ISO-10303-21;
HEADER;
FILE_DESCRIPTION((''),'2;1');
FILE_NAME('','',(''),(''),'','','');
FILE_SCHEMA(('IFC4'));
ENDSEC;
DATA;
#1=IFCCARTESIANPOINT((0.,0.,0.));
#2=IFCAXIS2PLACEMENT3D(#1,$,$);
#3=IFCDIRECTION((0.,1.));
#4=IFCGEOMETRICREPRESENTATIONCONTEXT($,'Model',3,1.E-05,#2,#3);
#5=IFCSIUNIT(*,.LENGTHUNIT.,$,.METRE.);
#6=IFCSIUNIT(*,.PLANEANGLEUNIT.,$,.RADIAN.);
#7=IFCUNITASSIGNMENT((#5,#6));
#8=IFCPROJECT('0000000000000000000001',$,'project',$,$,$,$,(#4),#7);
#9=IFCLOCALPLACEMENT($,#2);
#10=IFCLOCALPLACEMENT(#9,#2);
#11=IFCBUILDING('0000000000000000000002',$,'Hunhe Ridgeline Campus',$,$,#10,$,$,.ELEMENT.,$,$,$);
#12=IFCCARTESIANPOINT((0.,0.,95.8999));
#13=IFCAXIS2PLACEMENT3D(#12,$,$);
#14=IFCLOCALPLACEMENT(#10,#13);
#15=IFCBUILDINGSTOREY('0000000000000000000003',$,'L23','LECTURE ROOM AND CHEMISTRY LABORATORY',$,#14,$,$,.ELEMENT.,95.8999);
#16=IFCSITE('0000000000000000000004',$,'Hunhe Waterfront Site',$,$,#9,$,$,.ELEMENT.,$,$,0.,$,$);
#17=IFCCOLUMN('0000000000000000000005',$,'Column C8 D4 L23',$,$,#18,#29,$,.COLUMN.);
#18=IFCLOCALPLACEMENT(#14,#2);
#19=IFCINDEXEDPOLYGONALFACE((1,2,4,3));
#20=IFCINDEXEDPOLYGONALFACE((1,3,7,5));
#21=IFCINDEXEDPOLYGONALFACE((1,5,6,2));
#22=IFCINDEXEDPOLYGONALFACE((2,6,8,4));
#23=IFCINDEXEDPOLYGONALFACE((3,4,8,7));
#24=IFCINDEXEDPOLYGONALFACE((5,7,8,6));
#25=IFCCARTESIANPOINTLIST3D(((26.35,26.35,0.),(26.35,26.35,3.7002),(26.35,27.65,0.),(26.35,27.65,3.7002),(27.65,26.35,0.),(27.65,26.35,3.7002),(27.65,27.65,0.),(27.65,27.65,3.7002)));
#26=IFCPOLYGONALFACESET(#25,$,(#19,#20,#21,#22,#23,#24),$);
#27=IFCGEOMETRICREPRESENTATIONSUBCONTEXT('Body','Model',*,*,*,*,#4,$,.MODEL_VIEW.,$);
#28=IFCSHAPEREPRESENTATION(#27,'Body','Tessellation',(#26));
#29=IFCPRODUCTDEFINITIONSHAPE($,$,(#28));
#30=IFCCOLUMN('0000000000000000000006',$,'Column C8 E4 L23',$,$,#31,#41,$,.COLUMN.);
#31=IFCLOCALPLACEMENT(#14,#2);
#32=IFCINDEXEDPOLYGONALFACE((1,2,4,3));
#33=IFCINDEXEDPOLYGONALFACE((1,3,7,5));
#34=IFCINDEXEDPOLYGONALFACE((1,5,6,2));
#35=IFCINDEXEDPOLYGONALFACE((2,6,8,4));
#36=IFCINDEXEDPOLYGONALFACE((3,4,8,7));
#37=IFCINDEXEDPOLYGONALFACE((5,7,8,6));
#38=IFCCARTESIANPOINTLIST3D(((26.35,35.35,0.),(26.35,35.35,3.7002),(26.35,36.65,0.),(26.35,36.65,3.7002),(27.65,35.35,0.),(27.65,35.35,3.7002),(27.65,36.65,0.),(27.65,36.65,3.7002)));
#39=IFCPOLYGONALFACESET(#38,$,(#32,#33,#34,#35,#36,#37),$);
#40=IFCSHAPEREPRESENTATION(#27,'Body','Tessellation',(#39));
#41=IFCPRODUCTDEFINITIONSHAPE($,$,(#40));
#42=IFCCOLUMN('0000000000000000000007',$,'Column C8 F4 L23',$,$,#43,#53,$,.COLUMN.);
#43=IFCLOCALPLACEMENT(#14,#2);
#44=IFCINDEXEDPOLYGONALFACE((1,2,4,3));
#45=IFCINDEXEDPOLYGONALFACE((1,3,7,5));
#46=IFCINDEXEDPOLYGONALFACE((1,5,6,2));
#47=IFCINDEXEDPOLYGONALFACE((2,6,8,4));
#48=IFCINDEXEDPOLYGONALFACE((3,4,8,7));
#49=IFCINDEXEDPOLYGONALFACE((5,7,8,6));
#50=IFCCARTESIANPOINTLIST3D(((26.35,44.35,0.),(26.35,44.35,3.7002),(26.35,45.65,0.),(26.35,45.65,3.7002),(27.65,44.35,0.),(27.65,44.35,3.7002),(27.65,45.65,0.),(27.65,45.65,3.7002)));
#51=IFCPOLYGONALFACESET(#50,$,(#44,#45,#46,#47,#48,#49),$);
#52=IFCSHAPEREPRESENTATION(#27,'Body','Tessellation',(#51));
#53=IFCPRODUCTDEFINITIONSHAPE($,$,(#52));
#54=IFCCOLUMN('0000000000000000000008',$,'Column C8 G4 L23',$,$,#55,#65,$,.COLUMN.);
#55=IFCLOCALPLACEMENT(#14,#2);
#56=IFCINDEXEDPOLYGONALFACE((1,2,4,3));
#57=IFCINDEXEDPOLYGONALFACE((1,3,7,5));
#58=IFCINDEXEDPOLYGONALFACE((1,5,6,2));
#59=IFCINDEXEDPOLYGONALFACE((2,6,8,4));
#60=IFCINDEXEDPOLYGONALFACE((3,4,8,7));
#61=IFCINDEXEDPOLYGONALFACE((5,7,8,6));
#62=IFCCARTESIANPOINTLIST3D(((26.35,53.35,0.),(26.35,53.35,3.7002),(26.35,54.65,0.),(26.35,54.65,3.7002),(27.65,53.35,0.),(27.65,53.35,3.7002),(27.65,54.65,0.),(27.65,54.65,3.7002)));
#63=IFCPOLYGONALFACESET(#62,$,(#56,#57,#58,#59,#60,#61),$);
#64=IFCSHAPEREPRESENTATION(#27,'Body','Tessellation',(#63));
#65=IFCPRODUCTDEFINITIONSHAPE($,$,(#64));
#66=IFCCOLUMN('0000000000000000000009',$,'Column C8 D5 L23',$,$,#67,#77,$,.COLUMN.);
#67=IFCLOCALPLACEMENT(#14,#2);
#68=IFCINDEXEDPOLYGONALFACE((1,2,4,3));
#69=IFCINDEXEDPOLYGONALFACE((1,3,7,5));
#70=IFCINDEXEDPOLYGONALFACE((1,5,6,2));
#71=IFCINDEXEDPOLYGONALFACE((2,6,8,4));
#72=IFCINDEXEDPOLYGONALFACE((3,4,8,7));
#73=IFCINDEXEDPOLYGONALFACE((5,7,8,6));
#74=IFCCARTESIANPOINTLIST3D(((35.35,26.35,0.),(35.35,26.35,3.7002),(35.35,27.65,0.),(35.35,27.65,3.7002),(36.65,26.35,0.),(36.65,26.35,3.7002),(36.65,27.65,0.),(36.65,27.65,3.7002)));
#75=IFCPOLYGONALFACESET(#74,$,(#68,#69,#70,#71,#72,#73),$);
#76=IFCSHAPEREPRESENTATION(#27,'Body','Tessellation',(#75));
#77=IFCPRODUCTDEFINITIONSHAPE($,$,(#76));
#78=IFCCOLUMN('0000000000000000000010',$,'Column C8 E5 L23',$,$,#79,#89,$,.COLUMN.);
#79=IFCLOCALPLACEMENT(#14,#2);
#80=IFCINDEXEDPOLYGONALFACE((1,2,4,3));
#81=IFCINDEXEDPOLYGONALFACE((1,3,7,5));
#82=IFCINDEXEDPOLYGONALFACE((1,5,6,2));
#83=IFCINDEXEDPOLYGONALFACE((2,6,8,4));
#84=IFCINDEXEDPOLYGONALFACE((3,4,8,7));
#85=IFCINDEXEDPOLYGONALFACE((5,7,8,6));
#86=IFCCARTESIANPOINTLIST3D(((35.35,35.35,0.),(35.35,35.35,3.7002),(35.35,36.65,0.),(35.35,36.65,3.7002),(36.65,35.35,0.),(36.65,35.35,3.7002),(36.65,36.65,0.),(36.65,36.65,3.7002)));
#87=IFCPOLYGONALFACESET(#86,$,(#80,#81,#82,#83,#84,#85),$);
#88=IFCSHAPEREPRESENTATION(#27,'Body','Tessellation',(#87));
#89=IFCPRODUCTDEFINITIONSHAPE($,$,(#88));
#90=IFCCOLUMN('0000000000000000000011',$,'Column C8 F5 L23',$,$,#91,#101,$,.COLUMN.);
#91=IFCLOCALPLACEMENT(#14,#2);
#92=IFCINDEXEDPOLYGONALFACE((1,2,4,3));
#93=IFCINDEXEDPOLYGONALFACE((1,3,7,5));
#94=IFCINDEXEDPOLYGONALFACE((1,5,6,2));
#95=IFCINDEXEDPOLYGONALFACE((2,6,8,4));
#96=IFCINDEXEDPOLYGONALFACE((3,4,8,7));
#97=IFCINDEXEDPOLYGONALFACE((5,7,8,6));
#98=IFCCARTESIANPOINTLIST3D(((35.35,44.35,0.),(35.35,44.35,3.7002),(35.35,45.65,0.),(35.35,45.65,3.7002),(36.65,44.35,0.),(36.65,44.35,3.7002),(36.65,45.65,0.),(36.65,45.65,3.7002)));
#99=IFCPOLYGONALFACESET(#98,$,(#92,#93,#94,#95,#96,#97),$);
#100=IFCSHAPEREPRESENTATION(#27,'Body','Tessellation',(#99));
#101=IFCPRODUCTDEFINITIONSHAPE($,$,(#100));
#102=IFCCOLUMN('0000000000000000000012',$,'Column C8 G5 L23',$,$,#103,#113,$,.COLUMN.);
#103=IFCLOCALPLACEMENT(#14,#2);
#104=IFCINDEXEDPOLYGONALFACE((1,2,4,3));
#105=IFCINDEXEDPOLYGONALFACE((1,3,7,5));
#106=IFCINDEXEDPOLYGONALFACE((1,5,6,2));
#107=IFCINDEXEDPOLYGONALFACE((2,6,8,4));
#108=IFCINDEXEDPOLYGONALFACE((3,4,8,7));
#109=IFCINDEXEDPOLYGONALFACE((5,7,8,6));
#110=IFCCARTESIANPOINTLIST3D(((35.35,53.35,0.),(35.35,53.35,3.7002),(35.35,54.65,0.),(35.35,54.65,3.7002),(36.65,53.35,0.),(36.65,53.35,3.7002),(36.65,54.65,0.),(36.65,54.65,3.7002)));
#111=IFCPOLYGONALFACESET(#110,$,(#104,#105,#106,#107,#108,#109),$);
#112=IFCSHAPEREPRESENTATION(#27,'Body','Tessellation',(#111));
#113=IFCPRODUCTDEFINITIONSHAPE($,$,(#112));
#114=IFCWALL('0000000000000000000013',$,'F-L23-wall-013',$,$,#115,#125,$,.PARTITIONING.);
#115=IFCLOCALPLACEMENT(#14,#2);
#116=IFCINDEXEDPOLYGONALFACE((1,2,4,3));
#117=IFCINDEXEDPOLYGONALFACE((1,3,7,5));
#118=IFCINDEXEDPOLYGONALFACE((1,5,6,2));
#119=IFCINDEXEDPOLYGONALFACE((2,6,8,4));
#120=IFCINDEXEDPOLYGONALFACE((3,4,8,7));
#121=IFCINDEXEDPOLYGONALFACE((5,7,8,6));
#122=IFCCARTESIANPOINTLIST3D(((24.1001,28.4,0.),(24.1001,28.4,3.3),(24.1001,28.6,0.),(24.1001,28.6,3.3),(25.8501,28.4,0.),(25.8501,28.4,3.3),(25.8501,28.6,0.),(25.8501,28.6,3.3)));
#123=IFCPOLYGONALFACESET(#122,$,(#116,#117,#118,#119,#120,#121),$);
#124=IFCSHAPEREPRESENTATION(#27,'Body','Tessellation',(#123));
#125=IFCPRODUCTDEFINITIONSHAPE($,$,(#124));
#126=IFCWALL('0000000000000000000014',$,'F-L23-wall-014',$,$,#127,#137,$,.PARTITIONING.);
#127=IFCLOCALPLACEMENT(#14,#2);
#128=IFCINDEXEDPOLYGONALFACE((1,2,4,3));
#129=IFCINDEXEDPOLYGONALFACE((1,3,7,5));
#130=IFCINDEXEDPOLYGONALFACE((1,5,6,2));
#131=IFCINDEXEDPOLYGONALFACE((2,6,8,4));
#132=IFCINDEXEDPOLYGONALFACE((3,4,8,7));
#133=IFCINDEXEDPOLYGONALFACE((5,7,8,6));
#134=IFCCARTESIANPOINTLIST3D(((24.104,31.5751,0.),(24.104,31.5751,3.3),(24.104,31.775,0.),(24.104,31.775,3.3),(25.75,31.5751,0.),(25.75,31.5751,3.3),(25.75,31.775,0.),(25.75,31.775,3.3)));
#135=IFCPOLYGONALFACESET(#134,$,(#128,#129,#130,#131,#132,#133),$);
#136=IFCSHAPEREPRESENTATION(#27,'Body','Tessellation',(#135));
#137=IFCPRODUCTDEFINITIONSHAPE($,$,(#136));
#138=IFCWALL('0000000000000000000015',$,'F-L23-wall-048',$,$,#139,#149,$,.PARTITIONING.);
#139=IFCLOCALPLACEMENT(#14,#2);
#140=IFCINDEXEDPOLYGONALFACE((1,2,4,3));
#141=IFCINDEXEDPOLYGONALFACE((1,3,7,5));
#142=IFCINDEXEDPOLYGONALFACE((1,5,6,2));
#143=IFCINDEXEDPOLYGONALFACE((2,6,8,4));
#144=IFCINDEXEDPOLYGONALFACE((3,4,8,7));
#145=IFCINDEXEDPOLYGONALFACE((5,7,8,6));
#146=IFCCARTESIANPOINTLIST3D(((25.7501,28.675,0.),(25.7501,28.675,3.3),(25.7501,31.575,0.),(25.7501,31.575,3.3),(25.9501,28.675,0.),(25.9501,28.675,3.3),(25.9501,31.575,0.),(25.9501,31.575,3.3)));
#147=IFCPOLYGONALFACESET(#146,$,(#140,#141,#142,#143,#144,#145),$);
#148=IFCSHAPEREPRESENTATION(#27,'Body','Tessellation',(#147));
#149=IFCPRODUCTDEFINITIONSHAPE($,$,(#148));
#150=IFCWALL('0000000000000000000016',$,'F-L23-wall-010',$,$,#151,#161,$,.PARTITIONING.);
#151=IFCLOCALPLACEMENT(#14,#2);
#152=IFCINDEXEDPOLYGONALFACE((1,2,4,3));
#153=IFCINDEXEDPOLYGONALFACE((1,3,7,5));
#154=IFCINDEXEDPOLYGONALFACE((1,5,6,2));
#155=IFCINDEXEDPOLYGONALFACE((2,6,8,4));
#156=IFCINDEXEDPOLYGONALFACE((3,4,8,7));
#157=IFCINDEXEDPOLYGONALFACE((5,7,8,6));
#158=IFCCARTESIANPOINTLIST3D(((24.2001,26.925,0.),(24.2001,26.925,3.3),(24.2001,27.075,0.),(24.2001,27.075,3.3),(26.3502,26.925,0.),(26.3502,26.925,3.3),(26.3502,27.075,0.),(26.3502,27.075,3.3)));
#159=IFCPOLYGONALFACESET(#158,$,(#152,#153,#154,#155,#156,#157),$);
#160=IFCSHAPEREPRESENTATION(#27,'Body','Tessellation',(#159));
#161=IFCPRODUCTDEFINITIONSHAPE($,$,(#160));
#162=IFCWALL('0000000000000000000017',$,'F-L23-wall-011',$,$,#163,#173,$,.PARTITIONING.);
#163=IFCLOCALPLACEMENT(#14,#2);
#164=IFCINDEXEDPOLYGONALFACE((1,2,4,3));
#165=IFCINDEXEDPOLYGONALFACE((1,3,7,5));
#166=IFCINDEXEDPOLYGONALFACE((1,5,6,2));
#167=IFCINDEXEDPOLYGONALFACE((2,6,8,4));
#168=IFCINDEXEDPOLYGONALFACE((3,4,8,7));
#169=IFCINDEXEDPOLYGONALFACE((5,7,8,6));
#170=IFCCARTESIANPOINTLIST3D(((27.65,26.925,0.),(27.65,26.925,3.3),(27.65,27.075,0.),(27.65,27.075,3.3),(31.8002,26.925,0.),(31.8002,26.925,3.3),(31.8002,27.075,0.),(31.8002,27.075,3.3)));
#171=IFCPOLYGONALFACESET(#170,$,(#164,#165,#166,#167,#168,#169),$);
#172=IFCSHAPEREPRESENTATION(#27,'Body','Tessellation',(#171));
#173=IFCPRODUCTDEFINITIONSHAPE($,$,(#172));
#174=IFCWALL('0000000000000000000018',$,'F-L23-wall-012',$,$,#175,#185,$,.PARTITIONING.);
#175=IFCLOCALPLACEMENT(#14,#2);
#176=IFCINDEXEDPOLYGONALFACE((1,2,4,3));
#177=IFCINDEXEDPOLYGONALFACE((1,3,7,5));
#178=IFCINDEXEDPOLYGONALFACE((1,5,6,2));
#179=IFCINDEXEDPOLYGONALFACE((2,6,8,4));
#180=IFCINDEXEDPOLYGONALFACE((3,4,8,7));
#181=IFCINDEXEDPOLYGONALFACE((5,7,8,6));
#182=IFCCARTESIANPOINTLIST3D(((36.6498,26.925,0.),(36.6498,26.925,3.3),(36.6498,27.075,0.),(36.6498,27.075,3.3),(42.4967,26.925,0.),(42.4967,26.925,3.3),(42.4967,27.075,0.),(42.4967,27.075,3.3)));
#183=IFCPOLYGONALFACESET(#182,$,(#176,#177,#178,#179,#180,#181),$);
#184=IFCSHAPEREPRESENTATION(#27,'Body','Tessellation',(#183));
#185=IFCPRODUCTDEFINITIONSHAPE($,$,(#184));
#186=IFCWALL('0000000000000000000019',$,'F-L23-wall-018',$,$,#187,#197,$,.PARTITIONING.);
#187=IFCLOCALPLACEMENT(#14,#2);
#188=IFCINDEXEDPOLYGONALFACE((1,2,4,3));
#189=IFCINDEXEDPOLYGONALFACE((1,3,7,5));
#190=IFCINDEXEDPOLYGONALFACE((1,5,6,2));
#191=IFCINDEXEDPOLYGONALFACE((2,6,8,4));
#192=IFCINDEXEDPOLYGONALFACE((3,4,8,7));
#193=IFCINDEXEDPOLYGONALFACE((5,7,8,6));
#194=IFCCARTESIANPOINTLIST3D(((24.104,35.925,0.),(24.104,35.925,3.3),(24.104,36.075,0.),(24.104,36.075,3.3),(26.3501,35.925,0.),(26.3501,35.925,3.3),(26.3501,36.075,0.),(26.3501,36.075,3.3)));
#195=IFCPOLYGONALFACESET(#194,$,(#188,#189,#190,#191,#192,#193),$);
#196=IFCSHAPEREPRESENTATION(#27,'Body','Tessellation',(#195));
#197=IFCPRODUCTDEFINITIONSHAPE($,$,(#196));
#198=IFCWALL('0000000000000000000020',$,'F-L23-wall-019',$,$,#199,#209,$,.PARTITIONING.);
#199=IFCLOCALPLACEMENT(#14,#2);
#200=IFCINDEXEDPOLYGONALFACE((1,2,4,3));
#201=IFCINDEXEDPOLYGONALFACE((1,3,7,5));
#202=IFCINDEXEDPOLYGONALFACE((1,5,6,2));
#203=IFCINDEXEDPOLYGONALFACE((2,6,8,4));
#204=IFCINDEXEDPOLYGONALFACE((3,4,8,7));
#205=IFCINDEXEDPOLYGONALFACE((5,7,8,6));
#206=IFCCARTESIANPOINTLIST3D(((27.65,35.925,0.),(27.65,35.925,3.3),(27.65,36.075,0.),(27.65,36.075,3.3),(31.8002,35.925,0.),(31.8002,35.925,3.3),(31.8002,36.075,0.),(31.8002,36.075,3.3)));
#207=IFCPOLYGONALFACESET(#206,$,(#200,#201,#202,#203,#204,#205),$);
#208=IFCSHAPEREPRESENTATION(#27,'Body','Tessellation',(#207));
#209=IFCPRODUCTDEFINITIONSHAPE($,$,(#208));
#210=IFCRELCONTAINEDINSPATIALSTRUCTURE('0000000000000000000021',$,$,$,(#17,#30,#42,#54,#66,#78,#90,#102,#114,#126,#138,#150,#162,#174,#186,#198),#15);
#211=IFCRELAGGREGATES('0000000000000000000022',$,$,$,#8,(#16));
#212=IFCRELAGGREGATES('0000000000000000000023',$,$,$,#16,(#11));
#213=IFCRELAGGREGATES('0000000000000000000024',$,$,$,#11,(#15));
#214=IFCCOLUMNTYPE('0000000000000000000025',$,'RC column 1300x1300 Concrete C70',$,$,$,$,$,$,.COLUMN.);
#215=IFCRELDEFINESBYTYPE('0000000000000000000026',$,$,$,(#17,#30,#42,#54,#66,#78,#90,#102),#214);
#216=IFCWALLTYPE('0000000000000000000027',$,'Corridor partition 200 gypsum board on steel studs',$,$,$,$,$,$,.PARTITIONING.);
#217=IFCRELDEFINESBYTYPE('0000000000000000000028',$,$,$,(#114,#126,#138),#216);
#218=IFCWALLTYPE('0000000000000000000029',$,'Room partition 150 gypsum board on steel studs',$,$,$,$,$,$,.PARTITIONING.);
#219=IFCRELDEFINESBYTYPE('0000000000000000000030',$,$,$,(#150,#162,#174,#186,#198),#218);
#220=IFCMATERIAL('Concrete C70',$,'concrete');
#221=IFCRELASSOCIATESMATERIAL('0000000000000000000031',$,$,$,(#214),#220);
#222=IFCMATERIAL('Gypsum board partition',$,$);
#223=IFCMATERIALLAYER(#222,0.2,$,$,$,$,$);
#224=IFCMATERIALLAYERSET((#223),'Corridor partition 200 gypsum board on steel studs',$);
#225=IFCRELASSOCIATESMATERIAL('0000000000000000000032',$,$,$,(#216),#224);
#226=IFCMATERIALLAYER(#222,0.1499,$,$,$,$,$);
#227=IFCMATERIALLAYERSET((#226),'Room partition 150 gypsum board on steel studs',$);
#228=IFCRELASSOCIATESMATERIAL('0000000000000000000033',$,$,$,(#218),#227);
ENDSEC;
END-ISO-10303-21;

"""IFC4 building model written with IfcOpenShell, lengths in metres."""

from ifc_helpers import new_model, si_unit, direction, frame, frame_2d, origin, origin_2d, place, context, subcontext, project, spatial, rectangle, extrude, material, layer, layer_set, material_profile, profile_set, type_object, element, save


model = new_model("IFC4")

# Units and contexts
model_context = context("Model", 3, precision=1e-05, world=origin(), true_north=direction((0.0, 1.0)))
body_context = subcontext(model_context, "Body", "Model", "MODEL_VIEW")
ifc_project = project(units=[si_unit("LENGTHUNIT", "METRE"), si_unit("PLANEANGLEUNIT", "RADIAN")], contexts=[model_context])

# Site, building, storey
site_placement = place(None, origin())
site = spatial("IfcSite", under=ifc_project, at=site_placement, Name="Hunhe Waterfront Site", CompositionType="ELEMENT", RefElevation=0.0)
building_placement = place(site_placement, origin())
building = spatial("IfcBuilding", under=site, at=building_placement, Name="Hunhe Ridgeline Campus", CompositionType="ELEMENT")
storey_placement = place(building_placement, frame((0.0, 0.0, 95.8999)))
storey = spatial("IfcBuildingStorey", under=building, at=storey_placement, Name="L23", Description="LECTURE ROOM AND CHEMISTRY LABORATORY", CompositionType="ELEMENT", Elevation=95.8999)

# Columns
ifc_material_1 = material(Name="Concrete C70", Category="concrete")
ifc_material_profile = material_profile(ifc_material_1, rectangle(XDim=1.3, YDim=1.3, at=origin_2d()))
ifc_profile_set = profile_set([ifc_material_profile], Name="Concrete C70")
column_type = type_object("IfcColumnType", Name="RC column 1300x1300 Concrete C70", PredefinedType="COLUMN", material=ifc_profile_set)
for number, where, z_axis, x_axis, name in (
    (1, (27.0, 27.0, 0.0), (0.0, 0.0, 1.0), (1.0, 0.0, 0.0), "Column C8 D4 L23"),
    (2, (27.0, 36.0, 0.0), (0.0, 0.0, 1.0), (1.0, 0.0, 0.0), "Column C8 E4 L23"),
    (3, (27.0, 45.0, 0.0), (0.0, 0.0, 1.0), (1.0, 0.0, 0.0), "Column C8 F4 L23"),
    (4, (27.0, 54.0, 0.0), (0.0, 0.0, 1.0), (1.0, 0.0, 0.0), "Column C8 G4 L23"),
    (5, (36.0, 27.0, 0.0), (0.0, 0.0, 1.0), (1.0, 0.0, 0.0), "Column C8 D5 L23"),
    (6, (36.0, 36.0, 0.0), (0.0, 0.0, 1.0), (1.0, 0.0, 0.0), "Column C8 E5 L23"),
    (7, (36.0, 45.0, 0.0), (0.0, 0.0, 1.0), (1.0, 0.0, 0.0), "Column C8 F5 L23"),
    (8, (36.0, 54.0, 0.0), (0.0, 0.0, 1.0), (1.0, 0.0, 0.0), "Column C8 G5 L23"),
):
    element("IfcColumn", number, at=place(storey_placement, frame(where, z_axis=z_axis, x_axis=x_axis)), inside=storey, type_object=column_type, Name=name, PredefinedType="COLUMN", context=body_context, shape_type="SweptSolid", body=[
        extrude(rectangle(XDim=1.3, YDim=1.3, at=origin_2d()), origin(), (0.0, 0.0, 1.0), 3.7002),
    ])

# Walls
ifc_material_2 = material(Name="Gypsum board partition")
ifc_layer_1 = layer(ifc_material_2, 0.2)
ifc_layer_set_1 = layer_set([ifc_layer_1], Name="Corridor partition 200 gypsum board on steel studs")
wall_type_1 = type_object("IfcWallType", Name="Corridor partition 200 gypsum board on steel studs", PredefinedType="PARTITIONING", material=ifc_layer_set_1)
wall_1_placement = place(storey_placement, frame((25.8501, 28.5, 0.0), z_axis=(0.0, 0.0, 1.0), x_axis=(-1.0, 0.0, 0.0)))
element("IfcWall", 9, at=wall_1_placement, inside=storey, type_object=wall_type_1, Name="F-L23-wall-013", PredefinedType="PARTITIONING", context=body_context, shape_type="SweptSolid", body=[
    extrude(rectangle(XDim=1.75, YDim=0.2, at=frame_2d((0.875, 0.0))), origin(), (0.0, 0.0, 1.0), 3.3),
])
wall_2_placement = place(storey_placement, frame((24.104, 31.675, 0.0), z_axis=(0.0, 0.0, 1.0), x_axis=(1.0, 0.0, 0.0)))
element("IfcWall", 10, at=wall_2_placement, inside=storey, type_object=wall_type_1, Name="F-L23-wall-014", PredefinedType="PARTITIONING", context=body_context, shape_type="SweptSolid", body=[
    extrude(rectangle(XDim=1.646, YDim=0.2, at=frame_2d((0.823, 0.0))), origin(), (0.0, 0.0, 1.0), 3.3),
])

# Walls
wall_3_placement = place(storey_placement, frame((25.8501, 31.575, 0.0), z_axis=(0.0, 0.0, 1.0), x_axis=(0.0, -1.0, 0.0)))
element("IfcWall", 11, at=wall_3_placement, inside=storey, type_object=wall_type_1, Name="F-L23-wall-048", PredefinedType="PARTITIONING", context=body_context, shape_type="SweptSolid", body=[
    extrude(rectangle(XDim=2.8999, YDim=0.2, at=frame_2d((1.45, 0.0))), origin(), (0.0, 0.0, 1.0), 3.3),
])
ifc_layer_2 = layer(ifc_material_2, 0.1499)
ifc_layer_set_2 = layer_set([ifc_layer_2], Name="Room partition 150 gypsum board on steel studs")
wall_type_2 = type_object("IfcWallType", Name="Room partition 150 gypsum board on steel studs", PredefinedType="PARTITIONING", material=ifc_layer_set_2)
wall_4_placement = place(storey_placement, frame((24.2, 27.0, 0.0), z_axis=(0.0, 0.0, 1.0), x_axis=(1.0, 0.0, 0.0)))
element("IfcWall", 12, at=wall_4_placement, inside=storey, type_object=wall_type_2, Name="F-L23-wall-010", PredefinedType="PARTITIONING", context=body_context, shape_type="SweptSolid", body=[
    extrude(rectangle(XDim=2.1501, YDim=0.1499, at=frame_2d((1.0752, 0.0))), origin(), (0.0, 0.0, 1.0), 3.3),
])
wall_5_placement = place(storey_placement, frame((27.6499, 27.0, 0.0), z_axis=(0.0, 0.0, 1.0), x_axis=(1.0, 0.0, 0.0)))
element("IfcWall", 13, at=wall_5_placement, inside=storey, type_object=wall_type_2, Name="F-L23-wall-011", PredefinedType="PARTITIONING", context=body_context, shape_type="SweptSolid", body=[
    extrude(rectangle(XDim=4.1501, YDim=0.1499, at=frame_2d((2.0752, 0.0))), origin(), (0.0, 0.0, 1.0), 3.3),
])
wall_6_placement = place(storey_placement, frame((36.6499, 27.0, 0.0), z_axis=(0.0, 0.0, 1.0), x_axis=(1.0, 0.0, 0.0)))
element("IfcWall", 14, at=wall_6_placement, inside=storey, type_object=wall_type_2, Name="F-L23-wall-012", PredefinedType="PARTITIONING", context=body_context, shape_type="SweptSolid", body=[
    extrude(rectangle(XDim=5.8469, YDim=0.1499, at=frame_2d((2.9233, 0.0))), origin(), (0.0, 0.0, 1.0), 3.3),
])
wall_7_placement = place(storey_placement, frame((24.104, 36.0, 0.0), z_axis=(0.0, 0.0, 1.0), x_axis=(1.0, 0.0, 0.0)))
element("IfcWall", 15, at=wall_7_placement, inside=storey, type_object=wall_type_2, Name="F-L23-wall-018", PredefinedType="PARTITIONING", context=body_context, shape_type="SweptSolid", body=[
    extrude(rectangle(XDim=2.2461, YDim=0.1499, at=frame_2d((1.123, 0.0))), origin(), (0.0, 0.0, 1.0), 3.3),
])
wall_8_placement = place(storey_placement, frame((27.6499, 36.0, 0.0), z_axis=(0.0, 0.0, 1.0), x_axis=(1.0, 0.0, 0.0)))
element("IfcWall", 16, at=wall_8_placement, inside=storey, type_object=wall_type_2, Name="F-L23-wall-019", PredefinedType="PARTITIONING", context=body_context, shape_type="SweptSolid", body=[
    extrude(rectangle(XDim=4.1501, YDim=0.1499, at=frame_2d((2.0752, 0.0))), origin(), (0.0, 0.0, 1.0), 3.3),
])

save(model, "model.ifc")
